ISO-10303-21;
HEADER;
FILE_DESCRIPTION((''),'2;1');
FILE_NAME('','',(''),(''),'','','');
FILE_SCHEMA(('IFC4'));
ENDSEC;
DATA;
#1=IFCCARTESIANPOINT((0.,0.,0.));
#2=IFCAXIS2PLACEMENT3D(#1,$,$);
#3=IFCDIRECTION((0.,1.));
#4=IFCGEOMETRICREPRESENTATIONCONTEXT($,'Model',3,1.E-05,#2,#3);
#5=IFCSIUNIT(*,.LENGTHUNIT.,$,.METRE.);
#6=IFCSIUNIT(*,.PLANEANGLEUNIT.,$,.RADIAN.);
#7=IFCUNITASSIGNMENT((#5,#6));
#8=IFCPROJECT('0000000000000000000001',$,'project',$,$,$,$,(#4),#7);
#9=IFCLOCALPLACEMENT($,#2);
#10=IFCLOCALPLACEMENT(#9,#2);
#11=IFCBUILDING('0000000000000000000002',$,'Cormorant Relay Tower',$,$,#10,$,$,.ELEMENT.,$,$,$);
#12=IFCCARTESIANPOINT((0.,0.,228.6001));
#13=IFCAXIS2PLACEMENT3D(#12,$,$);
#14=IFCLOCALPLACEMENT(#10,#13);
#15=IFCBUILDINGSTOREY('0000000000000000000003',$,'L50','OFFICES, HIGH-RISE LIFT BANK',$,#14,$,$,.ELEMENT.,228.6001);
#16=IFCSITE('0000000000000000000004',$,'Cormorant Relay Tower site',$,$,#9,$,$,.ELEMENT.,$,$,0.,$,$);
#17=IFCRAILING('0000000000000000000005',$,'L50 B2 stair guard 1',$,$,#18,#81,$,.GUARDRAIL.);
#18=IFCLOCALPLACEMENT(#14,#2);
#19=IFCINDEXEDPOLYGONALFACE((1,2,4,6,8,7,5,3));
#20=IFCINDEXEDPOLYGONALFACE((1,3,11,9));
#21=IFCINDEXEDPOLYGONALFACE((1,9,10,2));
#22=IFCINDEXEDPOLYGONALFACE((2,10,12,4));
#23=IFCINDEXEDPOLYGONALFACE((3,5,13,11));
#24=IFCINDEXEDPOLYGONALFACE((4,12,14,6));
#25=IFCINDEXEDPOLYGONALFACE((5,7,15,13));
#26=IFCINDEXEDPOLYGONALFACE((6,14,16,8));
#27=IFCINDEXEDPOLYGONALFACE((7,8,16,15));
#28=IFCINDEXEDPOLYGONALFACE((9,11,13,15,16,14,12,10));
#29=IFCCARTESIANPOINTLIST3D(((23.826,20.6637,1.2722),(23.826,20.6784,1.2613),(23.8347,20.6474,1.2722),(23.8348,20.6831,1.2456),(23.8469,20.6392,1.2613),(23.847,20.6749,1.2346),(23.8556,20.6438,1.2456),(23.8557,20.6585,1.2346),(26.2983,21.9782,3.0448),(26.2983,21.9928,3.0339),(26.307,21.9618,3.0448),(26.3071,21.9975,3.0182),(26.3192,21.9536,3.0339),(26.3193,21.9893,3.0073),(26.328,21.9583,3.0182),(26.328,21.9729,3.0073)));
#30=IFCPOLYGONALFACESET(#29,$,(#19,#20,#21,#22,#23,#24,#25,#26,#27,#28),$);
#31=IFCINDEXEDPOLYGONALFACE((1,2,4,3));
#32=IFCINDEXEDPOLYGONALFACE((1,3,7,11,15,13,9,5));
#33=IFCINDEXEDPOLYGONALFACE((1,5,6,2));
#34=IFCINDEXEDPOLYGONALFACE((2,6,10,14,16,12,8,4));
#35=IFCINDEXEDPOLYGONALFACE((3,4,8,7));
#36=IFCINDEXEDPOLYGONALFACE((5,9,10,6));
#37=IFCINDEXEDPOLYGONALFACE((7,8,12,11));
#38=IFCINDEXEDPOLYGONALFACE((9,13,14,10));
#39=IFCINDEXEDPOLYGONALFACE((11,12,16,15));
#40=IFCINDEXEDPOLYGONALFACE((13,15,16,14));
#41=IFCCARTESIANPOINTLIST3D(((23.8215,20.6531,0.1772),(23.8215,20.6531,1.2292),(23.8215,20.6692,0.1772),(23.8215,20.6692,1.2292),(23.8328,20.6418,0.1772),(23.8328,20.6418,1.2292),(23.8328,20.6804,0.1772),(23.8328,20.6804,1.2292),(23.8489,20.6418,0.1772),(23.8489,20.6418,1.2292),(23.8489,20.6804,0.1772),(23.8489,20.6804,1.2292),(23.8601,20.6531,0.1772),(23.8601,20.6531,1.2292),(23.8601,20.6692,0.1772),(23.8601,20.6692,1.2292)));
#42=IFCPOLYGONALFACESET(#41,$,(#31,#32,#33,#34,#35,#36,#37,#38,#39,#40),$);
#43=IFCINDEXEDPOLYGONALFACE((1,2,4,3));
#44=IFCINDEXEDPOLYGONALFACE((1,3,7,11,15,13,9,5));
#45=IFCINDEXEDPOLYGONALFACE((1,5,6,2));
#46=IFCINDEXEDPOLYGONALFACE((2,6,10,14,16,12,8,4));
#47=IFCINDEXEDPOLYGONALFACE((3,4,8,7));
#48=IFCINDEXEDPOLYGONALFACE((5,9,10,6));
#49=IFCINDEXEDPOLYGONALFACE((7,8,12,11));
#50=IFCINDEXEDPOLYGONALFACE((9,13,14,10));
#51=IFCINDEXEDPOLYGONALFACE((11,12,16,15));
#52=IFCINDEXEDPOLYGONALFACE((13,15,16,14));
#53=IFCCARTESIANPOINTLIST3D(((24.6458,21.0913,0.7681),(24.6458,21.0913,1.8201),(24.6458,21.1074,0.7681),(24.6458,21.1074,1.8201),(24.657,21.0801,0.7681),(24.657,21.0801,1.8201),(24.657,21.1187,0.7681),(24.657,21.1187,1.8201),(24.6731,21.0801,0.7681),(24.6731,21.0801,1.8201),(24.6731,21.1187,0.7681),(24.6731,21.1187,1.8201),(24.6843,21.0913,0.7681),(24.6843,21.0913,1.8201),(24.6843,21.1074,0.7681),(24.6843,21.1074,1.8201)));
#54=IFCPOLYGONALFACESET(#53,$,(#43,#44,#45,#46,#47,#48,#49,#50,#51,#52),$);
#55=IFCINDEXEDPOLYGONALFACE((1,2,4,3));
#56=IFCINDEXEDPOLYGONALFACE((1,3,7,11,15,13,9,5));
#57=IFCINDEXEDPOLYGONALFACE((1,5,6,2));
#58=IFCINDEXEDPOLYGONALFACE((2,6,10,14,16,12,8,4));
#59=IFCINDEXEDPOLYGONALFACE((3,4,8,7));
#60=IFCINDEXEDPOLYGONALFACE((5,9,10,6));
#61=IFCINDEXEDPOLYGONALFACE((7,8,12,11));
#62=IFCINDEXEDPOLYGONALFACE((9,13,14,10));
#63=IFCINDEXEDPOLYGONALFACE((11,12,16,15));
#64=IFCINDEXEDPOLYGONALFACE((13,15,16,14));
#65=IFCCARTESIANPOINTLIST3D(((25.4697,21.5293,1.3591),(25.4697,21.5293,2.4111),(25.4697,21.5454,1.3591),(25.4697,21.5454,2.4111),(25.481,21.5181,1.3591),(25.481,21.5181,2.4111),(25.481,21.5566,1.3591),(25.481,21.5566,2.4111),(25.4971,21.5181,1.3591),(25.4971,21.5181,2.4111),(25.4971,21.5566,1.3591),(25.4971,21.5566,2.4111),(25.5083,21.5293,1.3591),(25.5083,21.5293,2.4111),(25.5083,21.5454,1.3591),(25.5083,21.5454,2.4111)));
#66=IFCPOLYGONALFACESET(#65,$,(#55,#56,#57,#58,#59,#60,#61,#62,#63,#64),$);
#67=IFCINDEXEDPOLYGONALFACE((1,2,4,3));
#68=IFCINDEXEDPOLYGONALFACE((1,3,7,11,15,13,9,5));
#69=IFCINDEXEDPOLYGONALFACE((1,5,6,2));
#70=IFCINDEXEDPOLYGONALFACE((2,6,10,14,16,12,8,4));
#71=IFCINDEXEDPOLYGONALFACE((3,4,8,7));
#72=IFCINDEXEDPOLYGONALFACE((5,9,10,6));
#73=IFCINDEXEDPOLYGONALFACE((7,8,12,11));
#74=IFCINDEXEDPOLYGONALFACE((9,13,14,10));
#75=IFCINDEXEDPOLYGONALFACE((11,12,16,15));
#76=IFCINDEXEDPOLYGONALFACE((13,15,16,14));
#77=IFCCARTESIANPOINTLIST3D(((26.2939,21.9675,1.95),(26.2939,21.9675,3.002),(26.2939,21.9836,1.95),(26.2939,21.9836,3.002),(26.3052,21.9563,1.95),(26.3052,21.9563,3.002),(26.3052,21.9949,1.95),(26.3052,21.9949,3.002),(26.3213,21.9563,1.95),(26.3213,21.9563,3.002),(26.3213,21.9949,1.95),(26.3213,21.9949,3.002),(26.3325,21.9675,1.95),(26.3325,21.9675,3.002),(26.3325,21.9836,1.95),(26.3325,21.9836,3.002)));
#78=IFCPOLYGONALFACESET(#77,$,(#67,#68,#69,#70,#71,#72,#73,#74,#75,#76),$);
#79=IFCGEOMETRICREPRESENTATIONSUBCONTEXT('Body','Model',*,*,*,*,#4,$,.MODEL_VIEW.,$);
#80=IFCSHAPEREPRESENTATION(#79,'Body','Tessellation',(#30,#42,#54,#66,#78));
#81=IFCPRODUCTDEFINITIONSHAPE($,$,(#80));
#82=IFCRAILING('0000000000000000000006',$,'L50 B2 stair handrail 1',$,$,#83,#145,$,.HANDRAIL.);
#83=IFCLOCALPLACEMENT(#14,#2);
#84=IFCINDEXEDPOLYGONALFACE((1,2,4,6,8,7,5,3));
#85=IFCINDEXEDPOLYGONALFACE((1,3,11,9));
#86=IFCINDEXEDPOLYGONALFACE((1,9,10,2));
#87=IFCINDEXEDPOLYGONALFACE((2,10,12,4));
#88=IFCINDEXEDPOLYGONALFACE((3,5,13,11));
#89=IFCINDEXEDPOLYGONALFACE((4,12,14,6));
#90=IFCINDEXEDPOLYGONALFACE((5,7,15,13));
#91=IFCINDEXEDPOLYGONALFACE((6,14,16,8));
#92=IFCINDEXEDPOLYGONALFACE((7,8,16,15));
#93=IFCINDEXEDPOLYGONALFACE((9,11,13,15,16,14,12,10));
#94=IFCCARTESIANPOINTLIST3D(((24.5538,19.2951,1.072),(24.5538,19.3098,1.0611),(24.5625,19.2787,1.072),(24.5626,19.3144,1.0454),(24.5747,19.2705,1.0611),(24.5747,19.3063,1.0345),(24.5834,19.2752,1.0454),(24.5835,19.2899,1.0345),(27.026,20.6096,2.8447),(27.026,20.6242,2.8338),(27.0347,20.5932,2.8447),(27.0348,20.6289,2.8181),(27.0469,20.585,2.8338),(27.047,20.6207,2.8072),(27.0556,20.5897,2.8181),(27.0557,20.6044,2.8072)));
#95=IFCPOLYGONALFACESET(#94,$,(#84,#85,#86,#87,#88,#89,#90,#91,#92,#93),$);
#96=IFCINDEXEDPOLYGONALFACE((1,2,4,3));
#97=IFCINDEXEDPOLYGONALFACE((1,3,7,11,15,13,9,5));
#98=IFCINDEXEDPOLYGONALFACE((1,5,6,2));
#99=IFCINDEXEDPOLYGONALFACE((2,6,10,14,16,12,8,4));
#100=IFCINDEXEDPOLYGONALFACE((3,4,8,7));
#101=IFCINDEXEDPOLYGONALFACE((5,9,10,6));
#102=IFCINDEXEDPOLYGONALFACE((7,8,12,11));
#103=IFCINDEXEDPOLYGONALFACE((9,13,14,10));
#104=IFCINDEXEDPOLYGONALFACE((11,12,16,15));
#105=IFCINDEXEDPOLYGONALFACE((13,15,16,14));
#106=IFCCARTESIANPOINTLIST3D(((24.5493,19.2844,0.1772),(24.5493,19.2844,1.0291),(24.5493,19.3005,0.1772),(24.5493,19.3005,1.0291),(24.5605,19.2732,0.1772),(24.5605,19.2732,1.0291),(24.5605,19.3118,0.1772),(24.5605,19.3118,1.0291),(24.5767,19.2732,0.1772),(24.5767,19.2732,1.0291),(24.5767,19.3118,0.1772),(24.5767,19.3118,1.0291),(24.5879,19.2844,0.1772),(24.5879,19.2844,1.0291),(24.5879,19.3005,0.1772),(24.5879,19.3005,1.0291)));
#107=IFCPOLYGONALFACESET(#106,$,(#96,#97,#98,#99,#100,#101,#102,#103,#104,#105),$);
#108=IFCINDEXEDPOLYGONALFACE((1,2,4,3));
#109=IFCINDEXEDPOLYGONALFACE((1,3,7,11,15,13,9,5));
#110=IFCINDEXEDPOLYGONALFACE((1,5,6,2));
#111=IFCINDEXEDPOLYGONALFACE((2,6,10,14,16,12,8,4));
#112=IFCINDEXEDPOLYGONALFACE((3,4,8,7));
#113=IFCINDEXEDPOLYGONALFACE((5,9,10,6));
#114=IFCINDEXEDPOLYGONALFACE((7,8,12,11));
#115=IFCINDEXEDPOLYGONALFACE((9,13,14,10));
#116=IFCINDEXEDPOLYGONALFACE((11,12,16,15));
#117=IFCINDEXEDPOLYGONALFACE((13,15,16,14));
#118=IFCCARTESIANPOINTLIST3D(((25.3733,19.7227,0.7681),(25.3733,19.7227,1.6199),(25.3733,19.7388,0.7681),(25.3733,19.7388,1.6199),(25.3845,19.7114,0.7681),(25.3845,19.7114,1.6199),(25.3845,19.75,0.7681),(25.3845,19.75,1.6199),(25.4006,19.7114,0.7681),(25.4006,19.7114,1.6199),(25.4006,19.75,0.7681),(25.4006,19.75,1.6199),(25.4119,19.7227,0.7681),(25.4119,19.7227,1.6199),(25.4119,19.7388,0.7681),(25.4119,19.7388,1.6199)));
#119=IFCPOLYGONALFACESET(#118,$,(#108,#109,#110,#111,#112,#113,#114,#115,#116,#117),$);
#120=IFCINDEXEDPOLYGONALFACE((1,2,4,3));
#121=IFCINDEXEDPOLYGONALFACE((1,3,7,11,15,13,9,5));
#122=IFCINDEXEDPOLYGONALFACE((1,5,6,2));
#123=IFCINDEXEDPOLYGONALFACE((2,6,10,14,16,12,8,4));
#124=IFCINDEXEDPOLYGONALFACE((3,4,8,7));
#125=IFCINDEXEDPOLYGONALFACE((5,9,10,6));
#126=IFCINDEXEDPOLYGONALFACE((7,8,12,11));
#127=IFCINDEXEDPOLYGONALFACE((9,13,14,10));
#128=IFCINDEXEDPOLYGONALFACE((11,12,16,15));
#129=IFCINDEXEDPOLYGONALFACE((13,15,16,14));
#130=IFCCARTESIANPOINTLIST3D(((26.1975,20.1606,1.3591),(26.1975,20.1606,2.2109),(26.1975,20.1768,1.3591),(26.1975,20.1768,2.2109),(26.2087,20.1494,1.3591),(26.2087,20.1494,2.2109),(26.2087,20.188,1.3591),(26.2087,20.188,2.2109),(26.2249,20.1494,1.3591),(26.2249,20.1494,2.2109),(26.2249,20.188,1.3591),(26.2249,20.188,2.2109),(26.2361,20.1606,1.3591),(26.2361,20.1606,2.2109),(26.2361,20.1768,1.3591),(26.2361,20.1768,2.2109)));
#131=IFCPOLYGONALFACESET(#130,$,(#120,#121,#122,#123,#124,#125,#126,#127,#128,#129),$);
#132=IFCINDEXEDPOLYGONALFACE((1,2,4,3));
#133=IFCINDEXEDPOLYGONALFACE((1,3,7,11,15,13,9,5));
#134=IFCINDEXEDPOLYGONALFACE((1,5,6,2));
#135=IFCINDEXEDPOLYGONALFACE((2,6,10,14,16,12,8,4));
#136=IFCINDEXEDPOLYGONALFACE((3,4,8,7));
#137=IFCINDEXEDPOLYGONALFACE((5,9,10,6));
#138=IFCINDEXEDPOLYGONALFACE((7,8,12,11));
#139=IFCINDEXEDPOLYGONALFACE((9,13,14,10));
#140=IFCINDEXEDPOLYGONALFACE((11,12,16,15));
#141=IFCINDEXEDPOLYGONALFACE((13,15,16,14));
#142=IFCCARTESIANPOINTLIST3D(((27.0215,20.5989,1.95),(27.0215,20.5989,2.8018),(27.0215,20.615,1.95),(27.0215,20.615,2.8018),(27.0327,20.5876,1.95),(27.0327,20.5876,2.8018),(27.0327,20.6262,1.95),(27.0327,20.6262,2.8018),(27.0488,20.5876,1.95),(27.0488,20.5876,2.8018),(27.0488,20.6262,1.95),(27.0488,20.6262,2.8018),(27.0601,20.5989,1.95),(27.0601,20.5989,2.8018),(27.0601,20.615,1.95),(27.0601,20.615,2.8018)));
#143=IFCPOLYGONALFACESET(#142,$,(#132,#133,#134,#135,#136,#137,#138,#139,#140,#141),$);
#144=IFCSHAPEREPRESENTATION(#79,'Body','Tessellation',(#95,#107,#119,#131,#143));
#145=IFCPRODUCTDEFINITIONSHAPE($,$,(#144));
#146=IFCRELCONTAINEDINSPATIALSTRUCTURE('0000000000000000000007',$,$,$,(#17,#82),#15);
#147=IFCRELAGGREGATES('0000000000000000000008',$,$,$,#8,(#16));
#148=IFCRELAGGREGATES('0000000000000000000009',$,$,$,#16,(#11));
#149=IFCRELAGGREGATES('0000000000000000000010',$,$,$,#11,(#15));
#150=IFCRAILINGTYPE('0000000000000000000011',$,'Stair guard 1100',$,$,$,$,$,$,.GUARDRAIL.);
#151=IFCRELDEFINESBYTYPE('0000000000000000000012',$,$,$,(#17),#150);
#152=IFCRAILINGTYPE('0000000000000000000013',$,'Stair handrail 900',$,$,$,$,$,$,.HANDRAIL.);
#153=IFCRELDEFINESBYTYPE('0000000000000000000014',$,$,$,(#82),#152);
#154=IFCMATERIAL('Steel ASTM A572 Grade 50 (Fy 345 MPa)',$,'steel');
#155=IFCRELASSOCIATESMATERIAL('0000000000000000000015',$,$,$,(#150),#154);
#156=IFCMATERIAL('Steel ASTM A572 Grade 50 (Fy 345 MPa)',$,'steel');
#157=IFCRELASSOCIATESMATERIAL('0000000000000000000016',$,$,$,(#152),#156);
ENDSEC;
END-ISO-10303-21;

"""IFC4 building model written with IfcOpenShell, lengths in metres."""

from ifc_helpers import new_model, si_unit, direction, frame, origin, place, context, subcontext, project, spatial, polyline, outline, extrude, material, type_object, element, save


model = new_model("IFC4")

# Units and contexts
model_context = context("Model", 3, precision=1e-05, world=origin(), true_north=direction((0.0, 1.0)))
body_context = subcontext(model_context, "Body", "Model", "MODEL_VIEW")
ifc_project = project(units=[si_unit("LENGTHUNIT", "METRE"), si_unit("PLANEANGLEUNIT", "RADIAN")], contexts=[model_context])

# Site, building, storey
site_placement = place(None, origin())
site = spatial("IfcSite", under=ifc_project, at=site_placement, Name="Cormorant Relay Tower site", CompositionType="ELEMENT", RefElevation=0.0)
building_placement = place(site_placement, origin())
building = spatial("IfcBuilding", under=site, at=building_placement, Name="Cormorant Relay Tower", CompositionType="ELEMENT")
storey_placement = place(building_placement, frame((0.0, 0.0, 228.6001)))
storey = spatial("IfcBuildingStorey", under=building, at=storey_placement, Name="L50", Description="OFFICES, HIGH-RISE LIFT BANK", CompositionType="ELEMENT", Elevation=228.6001)

# Railings
ifc_material_1 = material(Name="Steel ASTM A572 Grade 50 (Fy 345 MPa)", Category="steel")
railing_type_1 = type_object("IfcRailingType", Name="Stair guard 1100", PredefinedType="GUARDRAIL", material=ifc_material_1)
railing_1_placement = place(storey_placement, frame((23.8408, 20.6611, 0.1772)))
element("IfcRailing", 1, at=railing_1_placement, inside=storey, type_object=railing_type_1, Name="L50 B2 stair guard 1", PredefinedType="GUARDRAIL", context=body_context, shape_type="SweptSolid", body=[
    extrude(outline(polyline([(0.0222, 0.0093), (0.0093, 0.0222), (-0.0093, 0.0222), (-0.0222, 0.0093), (-0.0222, -0.0093), (-0.0093, -0.0222), (0.0093, -0.0222), (0.0222, -0.0093), (0.0222, 0.0093)])), frame((0.0, 0.0, 1.0762), z_axis=(0.746034, 0.396627, 0.534902), x_axis=(-0.469429, 0.88297, 0.0)), (0.0, 0.0, 1.0), 3.314),
    extrude(outline(polyline([(0.0193, 0.0081), (0.0081, 0.0193), (-0.0081, 0.0193), (-0.0193, 0.0081), (-0.0193, -0.0081), (-0.0081, -0.0193), (0.0081, -0.0193), (0.0193, -0.0081), (0.0193, 0.0081)])), origin(), (0.0, 0.0, 1.0), 1.052),
    extrude(outline(polyline([(0.0193, 0.0081), (0.0081, 0.0193), (-0.0081, 0.0193), (-0.0193, 0.0081), (-0.0193, -0.0081), (-0.0081, -0.0193), (0.0081, -0.0193), (0.0193, -0.0081), (0.0193, 0.0081)])), frame((0.8242, 0.4382, 0.5908)), (0.0, 0.0, 1.0), 1.052),
    extrude(outline(polyline([(0.0193, 0.0081), (0.0081, 0.0193), (-0.0081, 0.0193), (-0.0193, 0.0081), (-0.0193, -0.0081), (-0.0081, -0.0193), (0.0081, -0.0193), (0.0193, -0.0081), (0.0193, 0.0081)])), frame((1.6482, 0.8762, 1.1819)), (0.0, 0.0, 1.0), 1.052),
    extrude(outline(polyline([(0.0193, 0.0081), (0.0081, 0.0193), (-0.0081, 0.0193), (-0.0193, 0.0081), (-0.0193, -0.0081), (-0.0081, -0.0193), (0.0081, -0.0193), (0.0193, -0.0081), (0.0193, 0.0081)])), frame((2.4724, 1.3145, 1.7727)), (0.0, 0.0, 1.0), 1.052),
])
ifc_material_2 = material(Name="Steel ASTM A572 Grade 50 (Fy 345 MPa)", Category="steel")
railing_type_2 = type_object("IfcRailingType", Name="Stair handrail 900", PredefinedType="HANDRAIL", material=ifc_material_2)
railing_2_placement = place(storey_placement, frame((24.5686, 19.2925, 0.1772)))
element("IfcRailing", 2, at=railing_2_placement, inside=storey, type_object=railing_type_2, Name="L50 B2 stair handrail 1", PredefinedType="HANDRAIL", context=body_context, shape_type="SweptSolid", body=[
    extrude(outline(polyline([(0.0222, 0.0093), (0.0093, 0.0222), (-0.0093, 0.0222), (-0.0222, 0.0093), (-0.0222, -0.0093), (-0.0093, -0.0222), (0.0093, -0.0222), (0.0222, -0.0093), (0.0222, 0.0093)])), frame((0.0, 0.0, 0.876), z_axis=(0.746001, 0.396649, 0.534931), x_axis=(-0.469465, 0.882951, 0.0)), (0.0, 0.0, 1.0), 3.314),
    extrude(outline(polyline([(0.0193, 0.0081), (0.0081, 0.0193), (-0.0081, 0.0193), (-0.0193, 0.0081), (-0.0193, -0.0081), (-0.0081, -0.0193), (0.0081, -0.0193), (0.0193, -0.0081), (0.0193, 0.0081)])), origin(), (0.0, 0.0, 1.0), 0.8518),
    extrude(outline(polyline([(0.0193, 0.0081), (0.0081, 0.0193), (-0.0081, 0.0193), (-0.0193, 0.0081), (-0.0193, -0.0081), (-0.0081, -0.0193), (0.0081, -0.0193), (0.0193, -0.0081), (0.0193, 0.0081)])), frame((0.824, 0.4382, 0.5908)), (0.0, 0.0, 1.0), 0.8518),
    extrude(outline(polyline([(0.0193, 0.0081), (0.0081, 0.0193), (-0.0081, 0.0193), (-0.0193, 0.0081), (-0.0193, -0.0081), (-0.0081, -0.0193), (0.0081, -0.0193), (0.0193, -0.0081), (0.0193, 0.0081)])), frame((1.6482, 0.8762, 1.1819)), (0.0, 0.0, 1.0), 0.8518),
    extrude(outline(polyline([(0.0193, 0.0081), (0.0081, 0.0193), (-0.0081, 0.0193), (-0.0193, 0.0081), (-0.0193, -0.0081), (-0.0081, -0.0193), (0.0081, -0.0193), (0.0193, -0.0081), (0.0193, 0.0081)])), frame((2.4722, 1.3145, 1.7727)), (0.0, 0.0, 1.0), 0.8518),
])

save(model, "model.ifc")
